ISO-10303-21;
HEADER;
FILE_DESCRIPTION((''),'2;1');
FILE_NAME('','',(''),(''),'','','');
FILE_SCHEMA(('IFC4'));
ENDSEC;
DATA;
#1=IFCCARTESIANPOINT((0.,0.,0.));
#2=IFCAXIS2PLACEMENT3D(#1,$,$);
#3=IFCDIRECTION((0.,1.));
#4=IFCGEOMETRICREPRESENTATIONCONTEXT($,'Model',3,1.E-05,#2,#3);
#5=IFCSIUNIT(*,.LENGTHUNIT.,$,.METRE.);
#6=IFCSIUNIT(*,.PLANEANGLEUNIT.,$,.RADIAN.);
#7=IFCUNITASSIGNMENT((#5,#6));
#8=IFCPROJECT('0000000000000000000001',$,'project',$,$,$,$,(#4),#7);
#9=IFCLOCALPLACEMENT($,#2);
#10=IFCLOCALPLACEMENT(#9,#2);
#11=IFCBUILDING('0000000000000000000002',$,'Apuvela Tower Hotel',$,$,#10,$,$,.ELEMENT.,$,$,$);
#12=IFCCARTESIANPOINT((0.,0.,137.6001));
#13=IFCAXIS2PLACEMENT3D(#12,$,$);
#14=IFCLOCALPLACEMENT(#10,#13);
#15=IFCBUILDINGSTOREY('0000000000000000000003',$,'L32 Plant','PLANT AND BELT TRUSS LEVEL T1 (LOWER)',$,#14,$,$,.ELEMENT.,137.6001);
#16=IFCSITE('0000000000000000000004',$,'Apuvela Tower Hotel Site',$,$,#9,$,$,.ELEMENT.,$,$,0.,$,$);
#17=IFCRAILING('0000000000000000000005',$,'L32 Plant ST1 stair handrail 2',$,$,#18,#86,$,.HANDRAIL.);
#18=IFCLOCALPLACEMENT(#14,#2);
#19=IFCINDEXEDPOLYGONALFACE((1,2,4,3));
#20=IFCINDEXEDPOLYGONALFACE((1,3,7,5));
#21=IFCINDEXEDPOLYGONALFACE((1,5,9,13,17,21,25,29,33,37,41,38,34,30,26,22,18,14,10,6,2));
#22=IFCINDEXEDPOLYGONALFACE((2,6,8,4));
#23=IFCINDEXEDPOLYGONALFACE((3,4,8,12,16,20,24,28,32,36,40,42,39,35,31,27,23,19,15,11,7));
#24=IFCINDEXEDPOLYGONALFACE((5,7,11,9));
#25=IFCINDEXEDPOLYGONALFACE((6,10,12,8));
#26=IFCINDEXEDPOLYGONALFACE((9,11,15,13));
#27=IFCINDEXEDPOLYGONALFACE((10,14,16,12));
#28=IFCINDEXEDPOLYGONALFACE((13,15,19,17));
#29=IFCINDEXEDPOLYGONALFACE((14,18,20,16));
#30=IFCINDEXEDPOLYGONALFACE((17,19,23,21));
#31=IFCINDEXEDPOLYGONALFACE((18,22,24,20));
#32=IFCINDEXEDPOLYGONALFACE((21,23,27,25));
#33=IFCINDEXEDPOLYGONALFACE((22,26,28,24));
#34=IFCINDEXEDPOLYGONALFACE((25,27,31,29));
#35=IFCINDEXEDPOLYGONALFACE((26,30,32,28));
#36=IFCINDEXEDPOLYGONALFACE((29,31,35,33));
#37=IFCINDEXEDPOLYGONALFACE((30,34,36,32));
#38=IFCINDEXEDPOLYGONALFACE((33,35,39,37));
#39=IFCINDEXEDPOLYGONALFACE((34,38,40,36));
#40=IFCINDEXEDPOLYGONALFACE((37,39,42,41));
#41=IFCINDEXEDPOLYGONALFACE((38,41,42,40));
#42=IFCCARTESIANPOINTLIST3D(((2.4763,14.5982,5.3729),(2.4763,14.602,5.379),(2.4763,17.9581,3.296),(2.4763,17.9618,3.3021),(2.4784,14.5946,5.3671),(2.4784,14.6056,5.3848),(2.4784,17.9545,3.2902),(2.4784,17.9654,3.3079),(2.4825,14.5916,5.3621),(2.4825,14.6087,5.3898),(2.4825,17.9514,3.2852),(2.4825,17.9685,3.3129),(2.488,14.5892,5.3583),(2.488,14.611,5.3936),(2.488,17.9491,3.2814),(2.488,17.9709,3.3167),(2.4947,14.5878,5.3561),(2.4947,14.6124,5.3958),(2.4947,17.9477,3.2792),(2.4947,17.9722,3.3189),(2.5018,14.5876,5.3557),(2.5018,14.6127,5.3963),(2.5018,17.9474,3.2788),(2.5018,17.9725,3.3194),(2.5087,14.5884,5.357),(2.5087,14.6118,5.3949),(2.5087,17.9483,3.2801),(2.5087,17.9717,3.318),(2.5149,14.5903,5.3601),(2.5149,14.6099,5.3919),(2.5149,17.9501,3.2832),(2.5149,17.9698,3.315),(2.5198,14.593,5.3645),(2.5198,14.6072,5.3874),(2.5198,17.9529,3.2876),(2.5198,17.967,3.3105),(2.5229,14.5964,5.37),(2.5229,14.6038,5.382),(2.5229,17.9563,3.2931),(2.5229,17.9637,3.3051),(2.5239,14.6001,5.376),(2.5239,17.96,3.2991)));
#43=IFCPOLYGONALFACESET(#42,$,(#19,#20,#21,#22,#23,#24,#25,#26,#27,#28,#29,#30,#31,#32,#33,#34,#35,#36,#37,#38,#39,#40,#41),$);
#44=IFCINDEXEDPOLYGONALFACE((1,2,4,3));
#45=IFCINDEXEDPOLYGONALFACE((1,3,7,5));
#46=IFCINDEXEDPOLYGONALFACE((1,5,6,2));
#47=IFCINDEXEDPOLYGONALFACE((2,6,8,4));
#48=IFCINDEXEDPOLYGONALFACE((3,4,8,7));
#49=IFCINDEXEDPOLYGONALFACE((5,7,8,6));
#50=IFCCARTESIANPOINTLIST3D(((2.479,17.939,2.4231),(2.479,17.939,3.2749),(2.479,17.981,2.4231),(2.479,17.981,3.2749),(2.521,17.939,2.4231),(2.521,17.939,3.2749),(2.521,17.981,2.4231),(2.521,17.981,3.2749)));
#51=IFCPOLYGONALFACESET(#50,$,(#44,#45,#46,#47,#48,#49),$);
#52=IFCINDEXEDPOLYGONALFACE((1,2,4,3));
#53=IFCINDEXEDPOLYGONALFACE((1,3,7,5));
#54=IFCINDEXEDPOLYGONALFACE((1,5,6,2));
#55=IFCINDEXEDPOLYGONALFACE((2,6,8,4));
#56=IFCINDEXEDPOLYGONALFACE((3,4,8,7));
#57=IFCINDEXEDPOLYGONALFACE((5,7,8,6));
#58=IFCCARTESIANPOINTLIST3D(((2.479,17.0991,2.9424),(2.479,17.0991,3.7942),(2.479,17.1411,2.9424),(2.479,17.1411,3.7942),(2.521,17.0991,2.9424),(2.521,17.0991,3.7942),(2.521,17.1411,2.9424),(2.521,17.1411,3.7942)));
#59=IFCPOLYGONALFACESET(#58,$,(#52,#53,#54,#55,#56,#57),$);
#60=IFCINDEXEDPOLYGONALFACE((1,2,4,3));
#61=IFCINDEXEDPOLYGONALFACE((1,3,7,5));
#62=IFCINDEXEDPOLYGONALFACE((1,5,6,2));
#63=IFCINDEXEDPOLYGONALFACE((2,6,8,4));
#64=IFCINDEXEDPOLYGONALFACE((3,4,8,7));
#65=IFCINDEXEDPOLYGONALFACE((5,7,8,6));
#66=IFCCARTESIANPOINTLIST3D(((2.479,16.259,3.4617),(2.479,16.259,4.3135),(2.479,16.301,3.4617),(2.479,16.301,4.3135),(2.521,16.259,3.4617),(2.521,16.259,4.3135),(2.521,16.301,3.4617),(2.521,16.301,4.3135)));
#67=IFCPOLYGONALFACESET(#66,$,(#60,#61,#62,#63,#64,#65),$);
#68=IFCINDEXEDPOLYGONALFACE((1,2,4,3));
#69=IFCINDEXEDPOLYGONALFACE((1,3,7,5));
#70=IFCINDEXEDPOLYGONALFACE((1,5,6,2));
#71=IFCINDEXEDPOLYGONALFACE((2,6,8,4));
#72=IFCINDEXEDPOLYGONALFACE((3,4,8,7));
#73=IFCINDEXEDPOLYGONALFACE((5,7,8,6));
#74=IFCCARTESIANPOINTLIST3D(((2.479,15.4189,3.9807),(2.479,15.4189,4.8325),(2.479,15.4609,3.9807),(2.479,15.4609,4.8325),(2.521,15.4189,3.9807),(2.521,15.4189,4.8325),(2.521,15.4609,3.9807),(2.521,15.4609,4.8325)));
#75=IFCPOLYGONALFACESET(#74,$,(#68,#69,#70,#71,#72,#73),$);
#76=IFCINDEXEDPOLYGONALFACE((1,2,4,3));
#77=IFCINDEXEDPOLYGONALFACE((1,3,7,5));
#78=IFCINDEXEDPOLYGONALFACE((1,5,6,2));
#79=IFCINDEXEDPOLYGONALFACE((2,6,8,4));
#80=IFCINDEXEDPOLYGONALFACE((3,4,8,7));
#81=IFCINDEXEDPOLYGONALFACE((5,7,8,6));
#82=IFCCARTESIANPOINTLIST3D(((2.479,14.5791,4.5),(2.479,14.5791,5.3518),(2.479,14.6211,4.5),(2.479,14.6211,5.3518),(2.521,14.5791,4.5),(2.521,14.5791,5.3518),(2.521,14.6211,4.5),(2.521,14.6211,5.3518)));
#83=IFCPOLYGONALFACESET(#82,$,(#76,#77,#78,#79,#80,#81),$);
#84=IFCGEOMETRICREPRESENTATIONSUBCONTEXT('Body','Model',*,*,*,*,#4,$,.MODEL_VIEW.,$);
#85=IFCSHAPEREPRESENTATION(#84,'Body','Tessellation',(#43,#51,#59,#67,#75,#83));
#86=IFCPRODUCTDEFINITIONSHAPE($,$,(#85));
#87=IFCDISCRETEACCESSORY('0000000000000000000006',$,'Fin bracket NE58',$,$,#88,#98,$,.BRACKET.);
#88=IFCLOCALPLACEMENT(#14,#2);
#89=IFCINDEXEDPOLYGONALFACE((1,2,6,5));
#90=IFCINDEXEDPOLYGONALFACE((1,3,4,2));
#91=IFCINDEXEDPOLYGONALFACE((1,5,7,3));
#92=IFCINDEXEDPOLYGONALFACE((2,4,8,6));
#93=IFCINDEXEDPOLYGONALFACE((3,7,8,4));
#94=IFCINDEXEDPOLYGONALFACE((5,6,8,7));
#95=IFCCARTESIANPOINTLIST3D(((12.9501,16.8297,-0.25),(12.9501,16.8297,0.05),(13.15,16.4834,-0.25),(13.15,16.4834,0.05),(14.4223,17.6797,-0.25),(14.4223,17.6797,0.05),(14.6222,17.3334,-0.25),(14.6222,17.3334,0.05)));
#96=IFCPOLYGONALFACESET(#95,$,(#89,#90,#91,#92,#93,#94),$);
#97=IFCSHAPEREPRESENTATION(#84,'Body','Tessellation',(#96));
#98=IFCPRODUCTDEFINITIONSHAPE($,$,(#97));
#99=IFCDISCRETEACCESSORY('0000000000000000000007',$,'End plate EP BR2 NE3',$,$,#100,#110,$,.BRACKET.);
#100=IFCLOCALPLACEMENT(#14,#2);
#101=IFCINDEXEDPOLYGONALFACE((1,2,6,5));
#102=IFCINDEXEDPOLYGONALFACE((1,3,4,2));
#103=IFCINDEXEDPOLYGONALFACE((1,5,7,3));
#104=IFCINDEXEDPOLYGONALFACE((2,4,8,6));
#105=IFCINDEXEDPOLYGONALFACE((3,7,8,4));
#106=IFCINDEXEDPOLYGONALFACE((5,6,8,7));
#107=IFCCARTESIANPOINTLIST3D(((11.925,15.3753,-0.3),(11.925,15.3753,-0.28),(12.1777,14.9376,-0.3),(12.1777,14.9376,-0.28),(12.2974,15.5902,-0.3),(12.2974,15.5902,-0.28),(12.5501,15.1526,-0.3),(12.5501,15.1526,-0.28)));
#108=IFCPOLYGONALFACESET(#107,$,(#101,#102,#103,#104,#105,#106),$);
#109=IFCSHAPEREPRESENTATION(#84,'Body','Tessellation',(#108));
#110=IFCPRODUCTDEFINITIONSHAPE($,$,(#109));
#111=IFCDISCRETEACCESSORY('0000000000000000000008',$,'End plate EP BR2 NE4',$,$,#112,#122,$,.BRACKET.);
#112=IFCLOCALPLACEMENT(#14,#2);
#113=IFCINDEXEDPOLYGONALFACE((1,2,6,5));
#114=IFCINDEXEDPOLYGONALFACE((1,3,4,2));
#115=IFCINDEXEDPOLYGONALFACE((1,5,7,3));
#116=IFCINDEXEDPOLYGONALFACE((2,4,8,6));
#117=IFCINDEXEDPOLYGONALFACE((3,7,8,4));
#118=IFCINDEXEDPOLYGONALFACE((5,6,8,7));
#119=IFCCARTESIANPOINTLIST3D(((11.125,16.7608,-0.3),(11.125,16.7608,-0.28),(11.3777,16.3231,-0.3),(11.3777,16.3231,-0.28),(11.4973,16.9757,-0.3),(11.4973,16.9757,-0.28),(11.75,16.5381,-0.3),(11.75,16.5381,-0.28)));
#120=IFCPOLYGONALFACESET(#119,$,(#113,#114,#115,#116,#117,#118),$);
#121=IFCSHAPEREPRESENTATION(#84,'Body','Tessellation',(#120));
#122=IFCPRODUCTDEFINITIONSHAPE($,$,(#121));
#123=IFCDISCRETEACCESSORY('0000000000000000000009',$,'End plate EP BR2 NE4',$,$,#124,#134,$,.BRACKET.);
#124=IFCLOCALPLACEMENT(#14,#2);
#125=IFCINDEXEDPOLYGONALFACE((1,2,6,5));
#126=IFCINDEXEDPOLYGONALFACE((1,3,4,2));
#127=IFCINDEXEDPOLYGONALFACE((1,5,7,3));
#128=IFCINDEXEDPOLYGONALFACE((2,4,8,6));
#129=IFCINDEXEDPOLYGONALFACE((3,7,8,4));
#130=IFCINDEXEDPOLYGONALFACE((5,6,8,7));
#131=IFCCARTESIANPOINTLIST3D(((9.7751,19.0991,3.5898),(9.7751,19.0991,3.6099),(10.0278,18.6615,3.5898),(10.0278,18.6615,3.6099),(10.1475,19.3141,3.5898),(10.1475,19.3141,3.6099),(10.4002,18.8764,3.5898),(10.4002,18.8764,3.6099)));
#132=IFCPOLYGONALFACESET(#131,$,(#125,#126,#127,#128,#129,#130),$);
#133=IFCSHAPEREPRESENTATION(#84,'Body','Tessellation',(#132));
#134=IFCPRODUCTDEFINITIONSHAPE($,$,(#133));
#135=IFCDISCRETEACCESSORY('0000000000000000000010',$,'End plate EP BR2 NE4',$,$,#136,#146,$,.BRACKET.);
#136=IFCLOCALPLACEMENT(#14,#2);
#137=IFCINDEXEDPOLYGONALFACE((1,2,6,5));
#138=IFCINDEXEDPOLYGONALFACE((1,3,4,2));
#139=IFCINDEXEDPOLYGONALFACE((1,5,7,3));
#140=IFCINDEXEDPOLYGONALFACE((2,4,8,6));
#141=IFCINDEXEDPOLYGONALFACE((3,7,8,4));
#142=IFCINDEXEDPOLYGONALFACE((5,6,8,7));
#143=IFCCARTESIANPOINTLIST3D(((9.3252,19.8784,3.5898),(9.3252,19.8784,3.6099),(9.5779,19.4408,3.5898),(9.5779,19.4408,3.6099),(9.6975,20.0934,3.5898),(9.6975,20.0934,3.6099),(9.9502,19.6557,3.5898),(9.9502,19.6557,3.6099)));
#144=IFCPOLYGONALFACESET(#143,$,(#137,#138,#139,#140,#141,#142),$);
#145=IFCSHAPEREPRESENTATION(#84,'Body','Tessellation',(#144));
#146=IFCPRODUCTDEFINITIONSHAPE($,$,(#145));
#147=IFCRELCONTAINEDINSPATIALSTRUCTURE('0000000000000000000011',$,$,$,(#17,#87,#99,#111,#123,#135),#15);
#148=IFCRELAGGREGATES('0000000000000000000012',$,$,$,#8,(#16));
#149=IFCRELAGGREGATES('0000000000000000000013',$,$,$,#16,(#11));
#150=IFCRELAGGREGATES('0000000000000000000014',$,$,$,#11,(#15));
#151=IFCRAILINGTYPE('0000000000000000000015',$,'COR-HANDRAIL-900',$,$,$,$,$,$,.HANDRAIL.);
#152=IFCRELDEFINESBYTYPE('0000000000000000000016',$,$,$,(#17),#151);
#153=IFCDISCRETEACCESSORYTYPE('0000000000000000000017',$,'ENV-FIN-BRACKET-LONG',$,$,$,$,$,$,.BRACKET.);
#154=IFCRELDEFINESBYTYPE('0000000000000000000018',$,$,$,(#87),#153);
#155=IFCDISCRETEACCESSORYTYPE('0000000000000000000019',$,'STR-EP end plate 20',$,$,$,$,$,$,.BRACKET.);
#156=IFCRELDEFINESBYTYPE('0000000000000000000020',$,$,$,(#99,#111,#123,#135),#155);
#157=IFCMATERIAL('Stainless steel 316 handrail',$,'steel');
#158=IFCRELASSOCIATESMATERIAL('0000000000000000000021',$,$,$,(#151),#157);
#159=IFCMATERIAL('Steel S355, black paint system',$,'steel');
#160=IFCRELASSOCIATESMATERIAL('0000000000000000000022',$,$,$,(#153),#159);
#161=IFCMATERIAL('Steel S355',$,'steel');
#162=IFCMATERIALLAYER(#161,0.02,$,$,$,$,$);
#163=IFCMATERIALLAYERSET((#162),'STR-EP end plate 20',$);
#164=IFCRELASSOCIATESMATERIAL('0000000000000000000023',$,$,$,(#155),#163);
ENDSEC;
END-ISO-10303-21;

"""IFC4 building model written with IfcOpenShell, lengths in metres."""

from ifc_helpers import new_model, si_unit, direction, frame, origin, origin_2d, place, context, subcontext, project, spatial, rectangle, circle, extrude, material, layer, layer_set, type_object, element, save


model = new_model("IFC4")

# Units and contexts
model_context = context("Model", 3, precision=1e-05, world=origin(), true_north=direction((0.0, 1.0)))
body_context = subcontext(model_context, "Body", "Model", "MODEL_VIEW")
ifc_project = project(units=[si_unit("LENGTHUNIT", "METRE"), si_unit("PLANEANGLEUNIT", "RADIAN")], contexts=[model_context])

# Site, building, storey
site_placement = place(None, origin())
site = spatial("IfcSite", under=ifc_project, at=site_placement, Name="Apuvela Tower Hotel Site", CompositionType="ELEMENT", RefElevation=0.0)
building_placement = place(site_placement, origin())
building = spatial("IfcBuilding", under=site, at=building_placement, Name="Apuvela Tower Hotel", CompositionType="ELEMENT")
storey_placement = place(building_placement, frame((0.0, 0.0, 137.6001)))
storey = spatial("IfcBuildingStorey", under=building, at=storey_placement, Name="L32 Plant", Description="PLANT AND BELT TRUSS LEVEL T1 (LOWER)", CompositionType="ELEMENT", Elevation=137.6001)

# Shared definitions
ifc_material_1 = material(Name="Steel S355", Category="steel")

# Railing
ifc_material_2 = material(Name="Stainless steel 316 handrail", Category="steel")
railing_type_1 = type_object("IfcRailingType", Name="COR-HANDRAIL-900", PredefinedType="HANDRAIL", material=ifc_material_2)
railing_1_placement = place(storey_placement, frame((2.5, 17.96, 2.4231)))
element("IfcRailing", 1, at=railing_1_placement, inside=storey, type_object=railing_type_1, Name="L32 Plant ST1 stair handrail 2", PredefinedType="HANDRAIL", context=body_context, shape_type="SweptSolid", body=[
    extrude(circle(Radius=0.0239, at=origin_2d()), frame((0.0, 0.0, 0.876), z_axis=(0.0, -0.850606, 0.525803), x_axis=(1.0, 0.0, 0.0)), (0.0, 0.0, 1.0), 3.95),
    extrude(rectangle(XDim=0.042, YDim=0.042, at=origin_2d()), origin(), (0.0, 0.0, 1.0), 0.8518),
    extrude(rectangle(XDim=0.042, YDim=0.042, at=origin_2d()), frame((0.0, -0.8398, 0.5193)), (0.0, 0.0, 1.0), 0.8518),
    extrude(rectangle(XDim=0.042, YDim=0.042, at=origin_2d()), frame((0.0, -1.6799, 1.0386)), (0.0, 0.0, 1.0), 0.8518),
    extrude(rectangle(XDim=0.042, YDim=0.042, at=origin_2d()), frame((0.0, -2.52, 1.5576)), (0.0, 0.0, 1.0), 0.8518),
    extrude(rectangle(XDim=0.042, YDim=0.042, at=origin_2d()), frame((0.0, -3.3599, 2.0769)), (0.0, 0.0, 1.0), 0.8518),
])

# Discrete accessories
ifc_material_3 = material(Name="Steel S355, black paint system", Category="steel")
discrete_accessory_type_1 = type_object("IfcDiscreteAccessoryType", Name="ENV-FIN-BRACKET-LONG", PredefinedType="BRACKET", material=ifc_material_3)
discrete_accessory_placement = place(storey_placement, frame((13.7861, 17.0815, -0.25), z_axis=(0.0, 0.0, 1.0), x_axis=(-0.5, 0.866025, 0.0)))
element("IfcDiscreteAccessory", 2, at=discrete_accessory_placement, inside=storey, type_object=discrete_accessory_type_1, Name="Fin bracket NE58", PredefinedType="BRACKET", context=body_context, shape_type="SweptSolid", body=[
    extrude(rectangle(XDim=0.3999, YDim=1.7, at=origin_2d()), origin(), (0.0, 0.0, 1.0), 0.3),
])
ifc_layer_1 = layer(ifc_material_1, 0.02)
ifc_layer_set_1 = layer_set([ifc_layer_1], Name="STR-EP end plate 20")
discrete_accessory_type_2 = type_object("IfcDiscreteAccessoryType", Name="STR-EP end plate 20", PredefinedType="BRACKET", material=ifc_layer_set_1)
for number, where, z_axis, x_axis, name in (
    (3, (12.2375, 15.2639, -0.3), (0.0, 0.0, 1.0), (0.5, -0.866025, 0.0), "End plate EP BR2 NE3"),
    (4, (11.4375, 16.6494, -0.3), (0.0, 0.0, 1.0), (-0.5, 0.866025, 0.0), "End plate EP BR2 NE4"),
    (5, (10.0876, 18.9878, 3.5898), (0.0, 0.0, 1.0), (-0.5, 0.866025, 0.0), "End plate EP BR2 NE4"),
    (6, (9.6377, 19.7671, 3.5898), (0.0, 0.0, 1.0), (0.5, -0.866025, 0.0), "End plate EP BR2 NE4"),
):
    element("IfcDiscreteAccessory", number, at=place(storey_placement, frame(where, z_axis=z_axis, x_axis=x_axis)), inside=storey, type_object=discrete_accessory_type_2, Name=name, PredefinedType="BRACKET", context=body_context, shape_type="SweptSolid", body=[
        extrude(rectangle(XDim=0.5054, YDim=0.4299, at=origin_2d()), origin(), (0.0, 0.0, 1.0), 0.02),
    ])

save(model, "model.ifc")
